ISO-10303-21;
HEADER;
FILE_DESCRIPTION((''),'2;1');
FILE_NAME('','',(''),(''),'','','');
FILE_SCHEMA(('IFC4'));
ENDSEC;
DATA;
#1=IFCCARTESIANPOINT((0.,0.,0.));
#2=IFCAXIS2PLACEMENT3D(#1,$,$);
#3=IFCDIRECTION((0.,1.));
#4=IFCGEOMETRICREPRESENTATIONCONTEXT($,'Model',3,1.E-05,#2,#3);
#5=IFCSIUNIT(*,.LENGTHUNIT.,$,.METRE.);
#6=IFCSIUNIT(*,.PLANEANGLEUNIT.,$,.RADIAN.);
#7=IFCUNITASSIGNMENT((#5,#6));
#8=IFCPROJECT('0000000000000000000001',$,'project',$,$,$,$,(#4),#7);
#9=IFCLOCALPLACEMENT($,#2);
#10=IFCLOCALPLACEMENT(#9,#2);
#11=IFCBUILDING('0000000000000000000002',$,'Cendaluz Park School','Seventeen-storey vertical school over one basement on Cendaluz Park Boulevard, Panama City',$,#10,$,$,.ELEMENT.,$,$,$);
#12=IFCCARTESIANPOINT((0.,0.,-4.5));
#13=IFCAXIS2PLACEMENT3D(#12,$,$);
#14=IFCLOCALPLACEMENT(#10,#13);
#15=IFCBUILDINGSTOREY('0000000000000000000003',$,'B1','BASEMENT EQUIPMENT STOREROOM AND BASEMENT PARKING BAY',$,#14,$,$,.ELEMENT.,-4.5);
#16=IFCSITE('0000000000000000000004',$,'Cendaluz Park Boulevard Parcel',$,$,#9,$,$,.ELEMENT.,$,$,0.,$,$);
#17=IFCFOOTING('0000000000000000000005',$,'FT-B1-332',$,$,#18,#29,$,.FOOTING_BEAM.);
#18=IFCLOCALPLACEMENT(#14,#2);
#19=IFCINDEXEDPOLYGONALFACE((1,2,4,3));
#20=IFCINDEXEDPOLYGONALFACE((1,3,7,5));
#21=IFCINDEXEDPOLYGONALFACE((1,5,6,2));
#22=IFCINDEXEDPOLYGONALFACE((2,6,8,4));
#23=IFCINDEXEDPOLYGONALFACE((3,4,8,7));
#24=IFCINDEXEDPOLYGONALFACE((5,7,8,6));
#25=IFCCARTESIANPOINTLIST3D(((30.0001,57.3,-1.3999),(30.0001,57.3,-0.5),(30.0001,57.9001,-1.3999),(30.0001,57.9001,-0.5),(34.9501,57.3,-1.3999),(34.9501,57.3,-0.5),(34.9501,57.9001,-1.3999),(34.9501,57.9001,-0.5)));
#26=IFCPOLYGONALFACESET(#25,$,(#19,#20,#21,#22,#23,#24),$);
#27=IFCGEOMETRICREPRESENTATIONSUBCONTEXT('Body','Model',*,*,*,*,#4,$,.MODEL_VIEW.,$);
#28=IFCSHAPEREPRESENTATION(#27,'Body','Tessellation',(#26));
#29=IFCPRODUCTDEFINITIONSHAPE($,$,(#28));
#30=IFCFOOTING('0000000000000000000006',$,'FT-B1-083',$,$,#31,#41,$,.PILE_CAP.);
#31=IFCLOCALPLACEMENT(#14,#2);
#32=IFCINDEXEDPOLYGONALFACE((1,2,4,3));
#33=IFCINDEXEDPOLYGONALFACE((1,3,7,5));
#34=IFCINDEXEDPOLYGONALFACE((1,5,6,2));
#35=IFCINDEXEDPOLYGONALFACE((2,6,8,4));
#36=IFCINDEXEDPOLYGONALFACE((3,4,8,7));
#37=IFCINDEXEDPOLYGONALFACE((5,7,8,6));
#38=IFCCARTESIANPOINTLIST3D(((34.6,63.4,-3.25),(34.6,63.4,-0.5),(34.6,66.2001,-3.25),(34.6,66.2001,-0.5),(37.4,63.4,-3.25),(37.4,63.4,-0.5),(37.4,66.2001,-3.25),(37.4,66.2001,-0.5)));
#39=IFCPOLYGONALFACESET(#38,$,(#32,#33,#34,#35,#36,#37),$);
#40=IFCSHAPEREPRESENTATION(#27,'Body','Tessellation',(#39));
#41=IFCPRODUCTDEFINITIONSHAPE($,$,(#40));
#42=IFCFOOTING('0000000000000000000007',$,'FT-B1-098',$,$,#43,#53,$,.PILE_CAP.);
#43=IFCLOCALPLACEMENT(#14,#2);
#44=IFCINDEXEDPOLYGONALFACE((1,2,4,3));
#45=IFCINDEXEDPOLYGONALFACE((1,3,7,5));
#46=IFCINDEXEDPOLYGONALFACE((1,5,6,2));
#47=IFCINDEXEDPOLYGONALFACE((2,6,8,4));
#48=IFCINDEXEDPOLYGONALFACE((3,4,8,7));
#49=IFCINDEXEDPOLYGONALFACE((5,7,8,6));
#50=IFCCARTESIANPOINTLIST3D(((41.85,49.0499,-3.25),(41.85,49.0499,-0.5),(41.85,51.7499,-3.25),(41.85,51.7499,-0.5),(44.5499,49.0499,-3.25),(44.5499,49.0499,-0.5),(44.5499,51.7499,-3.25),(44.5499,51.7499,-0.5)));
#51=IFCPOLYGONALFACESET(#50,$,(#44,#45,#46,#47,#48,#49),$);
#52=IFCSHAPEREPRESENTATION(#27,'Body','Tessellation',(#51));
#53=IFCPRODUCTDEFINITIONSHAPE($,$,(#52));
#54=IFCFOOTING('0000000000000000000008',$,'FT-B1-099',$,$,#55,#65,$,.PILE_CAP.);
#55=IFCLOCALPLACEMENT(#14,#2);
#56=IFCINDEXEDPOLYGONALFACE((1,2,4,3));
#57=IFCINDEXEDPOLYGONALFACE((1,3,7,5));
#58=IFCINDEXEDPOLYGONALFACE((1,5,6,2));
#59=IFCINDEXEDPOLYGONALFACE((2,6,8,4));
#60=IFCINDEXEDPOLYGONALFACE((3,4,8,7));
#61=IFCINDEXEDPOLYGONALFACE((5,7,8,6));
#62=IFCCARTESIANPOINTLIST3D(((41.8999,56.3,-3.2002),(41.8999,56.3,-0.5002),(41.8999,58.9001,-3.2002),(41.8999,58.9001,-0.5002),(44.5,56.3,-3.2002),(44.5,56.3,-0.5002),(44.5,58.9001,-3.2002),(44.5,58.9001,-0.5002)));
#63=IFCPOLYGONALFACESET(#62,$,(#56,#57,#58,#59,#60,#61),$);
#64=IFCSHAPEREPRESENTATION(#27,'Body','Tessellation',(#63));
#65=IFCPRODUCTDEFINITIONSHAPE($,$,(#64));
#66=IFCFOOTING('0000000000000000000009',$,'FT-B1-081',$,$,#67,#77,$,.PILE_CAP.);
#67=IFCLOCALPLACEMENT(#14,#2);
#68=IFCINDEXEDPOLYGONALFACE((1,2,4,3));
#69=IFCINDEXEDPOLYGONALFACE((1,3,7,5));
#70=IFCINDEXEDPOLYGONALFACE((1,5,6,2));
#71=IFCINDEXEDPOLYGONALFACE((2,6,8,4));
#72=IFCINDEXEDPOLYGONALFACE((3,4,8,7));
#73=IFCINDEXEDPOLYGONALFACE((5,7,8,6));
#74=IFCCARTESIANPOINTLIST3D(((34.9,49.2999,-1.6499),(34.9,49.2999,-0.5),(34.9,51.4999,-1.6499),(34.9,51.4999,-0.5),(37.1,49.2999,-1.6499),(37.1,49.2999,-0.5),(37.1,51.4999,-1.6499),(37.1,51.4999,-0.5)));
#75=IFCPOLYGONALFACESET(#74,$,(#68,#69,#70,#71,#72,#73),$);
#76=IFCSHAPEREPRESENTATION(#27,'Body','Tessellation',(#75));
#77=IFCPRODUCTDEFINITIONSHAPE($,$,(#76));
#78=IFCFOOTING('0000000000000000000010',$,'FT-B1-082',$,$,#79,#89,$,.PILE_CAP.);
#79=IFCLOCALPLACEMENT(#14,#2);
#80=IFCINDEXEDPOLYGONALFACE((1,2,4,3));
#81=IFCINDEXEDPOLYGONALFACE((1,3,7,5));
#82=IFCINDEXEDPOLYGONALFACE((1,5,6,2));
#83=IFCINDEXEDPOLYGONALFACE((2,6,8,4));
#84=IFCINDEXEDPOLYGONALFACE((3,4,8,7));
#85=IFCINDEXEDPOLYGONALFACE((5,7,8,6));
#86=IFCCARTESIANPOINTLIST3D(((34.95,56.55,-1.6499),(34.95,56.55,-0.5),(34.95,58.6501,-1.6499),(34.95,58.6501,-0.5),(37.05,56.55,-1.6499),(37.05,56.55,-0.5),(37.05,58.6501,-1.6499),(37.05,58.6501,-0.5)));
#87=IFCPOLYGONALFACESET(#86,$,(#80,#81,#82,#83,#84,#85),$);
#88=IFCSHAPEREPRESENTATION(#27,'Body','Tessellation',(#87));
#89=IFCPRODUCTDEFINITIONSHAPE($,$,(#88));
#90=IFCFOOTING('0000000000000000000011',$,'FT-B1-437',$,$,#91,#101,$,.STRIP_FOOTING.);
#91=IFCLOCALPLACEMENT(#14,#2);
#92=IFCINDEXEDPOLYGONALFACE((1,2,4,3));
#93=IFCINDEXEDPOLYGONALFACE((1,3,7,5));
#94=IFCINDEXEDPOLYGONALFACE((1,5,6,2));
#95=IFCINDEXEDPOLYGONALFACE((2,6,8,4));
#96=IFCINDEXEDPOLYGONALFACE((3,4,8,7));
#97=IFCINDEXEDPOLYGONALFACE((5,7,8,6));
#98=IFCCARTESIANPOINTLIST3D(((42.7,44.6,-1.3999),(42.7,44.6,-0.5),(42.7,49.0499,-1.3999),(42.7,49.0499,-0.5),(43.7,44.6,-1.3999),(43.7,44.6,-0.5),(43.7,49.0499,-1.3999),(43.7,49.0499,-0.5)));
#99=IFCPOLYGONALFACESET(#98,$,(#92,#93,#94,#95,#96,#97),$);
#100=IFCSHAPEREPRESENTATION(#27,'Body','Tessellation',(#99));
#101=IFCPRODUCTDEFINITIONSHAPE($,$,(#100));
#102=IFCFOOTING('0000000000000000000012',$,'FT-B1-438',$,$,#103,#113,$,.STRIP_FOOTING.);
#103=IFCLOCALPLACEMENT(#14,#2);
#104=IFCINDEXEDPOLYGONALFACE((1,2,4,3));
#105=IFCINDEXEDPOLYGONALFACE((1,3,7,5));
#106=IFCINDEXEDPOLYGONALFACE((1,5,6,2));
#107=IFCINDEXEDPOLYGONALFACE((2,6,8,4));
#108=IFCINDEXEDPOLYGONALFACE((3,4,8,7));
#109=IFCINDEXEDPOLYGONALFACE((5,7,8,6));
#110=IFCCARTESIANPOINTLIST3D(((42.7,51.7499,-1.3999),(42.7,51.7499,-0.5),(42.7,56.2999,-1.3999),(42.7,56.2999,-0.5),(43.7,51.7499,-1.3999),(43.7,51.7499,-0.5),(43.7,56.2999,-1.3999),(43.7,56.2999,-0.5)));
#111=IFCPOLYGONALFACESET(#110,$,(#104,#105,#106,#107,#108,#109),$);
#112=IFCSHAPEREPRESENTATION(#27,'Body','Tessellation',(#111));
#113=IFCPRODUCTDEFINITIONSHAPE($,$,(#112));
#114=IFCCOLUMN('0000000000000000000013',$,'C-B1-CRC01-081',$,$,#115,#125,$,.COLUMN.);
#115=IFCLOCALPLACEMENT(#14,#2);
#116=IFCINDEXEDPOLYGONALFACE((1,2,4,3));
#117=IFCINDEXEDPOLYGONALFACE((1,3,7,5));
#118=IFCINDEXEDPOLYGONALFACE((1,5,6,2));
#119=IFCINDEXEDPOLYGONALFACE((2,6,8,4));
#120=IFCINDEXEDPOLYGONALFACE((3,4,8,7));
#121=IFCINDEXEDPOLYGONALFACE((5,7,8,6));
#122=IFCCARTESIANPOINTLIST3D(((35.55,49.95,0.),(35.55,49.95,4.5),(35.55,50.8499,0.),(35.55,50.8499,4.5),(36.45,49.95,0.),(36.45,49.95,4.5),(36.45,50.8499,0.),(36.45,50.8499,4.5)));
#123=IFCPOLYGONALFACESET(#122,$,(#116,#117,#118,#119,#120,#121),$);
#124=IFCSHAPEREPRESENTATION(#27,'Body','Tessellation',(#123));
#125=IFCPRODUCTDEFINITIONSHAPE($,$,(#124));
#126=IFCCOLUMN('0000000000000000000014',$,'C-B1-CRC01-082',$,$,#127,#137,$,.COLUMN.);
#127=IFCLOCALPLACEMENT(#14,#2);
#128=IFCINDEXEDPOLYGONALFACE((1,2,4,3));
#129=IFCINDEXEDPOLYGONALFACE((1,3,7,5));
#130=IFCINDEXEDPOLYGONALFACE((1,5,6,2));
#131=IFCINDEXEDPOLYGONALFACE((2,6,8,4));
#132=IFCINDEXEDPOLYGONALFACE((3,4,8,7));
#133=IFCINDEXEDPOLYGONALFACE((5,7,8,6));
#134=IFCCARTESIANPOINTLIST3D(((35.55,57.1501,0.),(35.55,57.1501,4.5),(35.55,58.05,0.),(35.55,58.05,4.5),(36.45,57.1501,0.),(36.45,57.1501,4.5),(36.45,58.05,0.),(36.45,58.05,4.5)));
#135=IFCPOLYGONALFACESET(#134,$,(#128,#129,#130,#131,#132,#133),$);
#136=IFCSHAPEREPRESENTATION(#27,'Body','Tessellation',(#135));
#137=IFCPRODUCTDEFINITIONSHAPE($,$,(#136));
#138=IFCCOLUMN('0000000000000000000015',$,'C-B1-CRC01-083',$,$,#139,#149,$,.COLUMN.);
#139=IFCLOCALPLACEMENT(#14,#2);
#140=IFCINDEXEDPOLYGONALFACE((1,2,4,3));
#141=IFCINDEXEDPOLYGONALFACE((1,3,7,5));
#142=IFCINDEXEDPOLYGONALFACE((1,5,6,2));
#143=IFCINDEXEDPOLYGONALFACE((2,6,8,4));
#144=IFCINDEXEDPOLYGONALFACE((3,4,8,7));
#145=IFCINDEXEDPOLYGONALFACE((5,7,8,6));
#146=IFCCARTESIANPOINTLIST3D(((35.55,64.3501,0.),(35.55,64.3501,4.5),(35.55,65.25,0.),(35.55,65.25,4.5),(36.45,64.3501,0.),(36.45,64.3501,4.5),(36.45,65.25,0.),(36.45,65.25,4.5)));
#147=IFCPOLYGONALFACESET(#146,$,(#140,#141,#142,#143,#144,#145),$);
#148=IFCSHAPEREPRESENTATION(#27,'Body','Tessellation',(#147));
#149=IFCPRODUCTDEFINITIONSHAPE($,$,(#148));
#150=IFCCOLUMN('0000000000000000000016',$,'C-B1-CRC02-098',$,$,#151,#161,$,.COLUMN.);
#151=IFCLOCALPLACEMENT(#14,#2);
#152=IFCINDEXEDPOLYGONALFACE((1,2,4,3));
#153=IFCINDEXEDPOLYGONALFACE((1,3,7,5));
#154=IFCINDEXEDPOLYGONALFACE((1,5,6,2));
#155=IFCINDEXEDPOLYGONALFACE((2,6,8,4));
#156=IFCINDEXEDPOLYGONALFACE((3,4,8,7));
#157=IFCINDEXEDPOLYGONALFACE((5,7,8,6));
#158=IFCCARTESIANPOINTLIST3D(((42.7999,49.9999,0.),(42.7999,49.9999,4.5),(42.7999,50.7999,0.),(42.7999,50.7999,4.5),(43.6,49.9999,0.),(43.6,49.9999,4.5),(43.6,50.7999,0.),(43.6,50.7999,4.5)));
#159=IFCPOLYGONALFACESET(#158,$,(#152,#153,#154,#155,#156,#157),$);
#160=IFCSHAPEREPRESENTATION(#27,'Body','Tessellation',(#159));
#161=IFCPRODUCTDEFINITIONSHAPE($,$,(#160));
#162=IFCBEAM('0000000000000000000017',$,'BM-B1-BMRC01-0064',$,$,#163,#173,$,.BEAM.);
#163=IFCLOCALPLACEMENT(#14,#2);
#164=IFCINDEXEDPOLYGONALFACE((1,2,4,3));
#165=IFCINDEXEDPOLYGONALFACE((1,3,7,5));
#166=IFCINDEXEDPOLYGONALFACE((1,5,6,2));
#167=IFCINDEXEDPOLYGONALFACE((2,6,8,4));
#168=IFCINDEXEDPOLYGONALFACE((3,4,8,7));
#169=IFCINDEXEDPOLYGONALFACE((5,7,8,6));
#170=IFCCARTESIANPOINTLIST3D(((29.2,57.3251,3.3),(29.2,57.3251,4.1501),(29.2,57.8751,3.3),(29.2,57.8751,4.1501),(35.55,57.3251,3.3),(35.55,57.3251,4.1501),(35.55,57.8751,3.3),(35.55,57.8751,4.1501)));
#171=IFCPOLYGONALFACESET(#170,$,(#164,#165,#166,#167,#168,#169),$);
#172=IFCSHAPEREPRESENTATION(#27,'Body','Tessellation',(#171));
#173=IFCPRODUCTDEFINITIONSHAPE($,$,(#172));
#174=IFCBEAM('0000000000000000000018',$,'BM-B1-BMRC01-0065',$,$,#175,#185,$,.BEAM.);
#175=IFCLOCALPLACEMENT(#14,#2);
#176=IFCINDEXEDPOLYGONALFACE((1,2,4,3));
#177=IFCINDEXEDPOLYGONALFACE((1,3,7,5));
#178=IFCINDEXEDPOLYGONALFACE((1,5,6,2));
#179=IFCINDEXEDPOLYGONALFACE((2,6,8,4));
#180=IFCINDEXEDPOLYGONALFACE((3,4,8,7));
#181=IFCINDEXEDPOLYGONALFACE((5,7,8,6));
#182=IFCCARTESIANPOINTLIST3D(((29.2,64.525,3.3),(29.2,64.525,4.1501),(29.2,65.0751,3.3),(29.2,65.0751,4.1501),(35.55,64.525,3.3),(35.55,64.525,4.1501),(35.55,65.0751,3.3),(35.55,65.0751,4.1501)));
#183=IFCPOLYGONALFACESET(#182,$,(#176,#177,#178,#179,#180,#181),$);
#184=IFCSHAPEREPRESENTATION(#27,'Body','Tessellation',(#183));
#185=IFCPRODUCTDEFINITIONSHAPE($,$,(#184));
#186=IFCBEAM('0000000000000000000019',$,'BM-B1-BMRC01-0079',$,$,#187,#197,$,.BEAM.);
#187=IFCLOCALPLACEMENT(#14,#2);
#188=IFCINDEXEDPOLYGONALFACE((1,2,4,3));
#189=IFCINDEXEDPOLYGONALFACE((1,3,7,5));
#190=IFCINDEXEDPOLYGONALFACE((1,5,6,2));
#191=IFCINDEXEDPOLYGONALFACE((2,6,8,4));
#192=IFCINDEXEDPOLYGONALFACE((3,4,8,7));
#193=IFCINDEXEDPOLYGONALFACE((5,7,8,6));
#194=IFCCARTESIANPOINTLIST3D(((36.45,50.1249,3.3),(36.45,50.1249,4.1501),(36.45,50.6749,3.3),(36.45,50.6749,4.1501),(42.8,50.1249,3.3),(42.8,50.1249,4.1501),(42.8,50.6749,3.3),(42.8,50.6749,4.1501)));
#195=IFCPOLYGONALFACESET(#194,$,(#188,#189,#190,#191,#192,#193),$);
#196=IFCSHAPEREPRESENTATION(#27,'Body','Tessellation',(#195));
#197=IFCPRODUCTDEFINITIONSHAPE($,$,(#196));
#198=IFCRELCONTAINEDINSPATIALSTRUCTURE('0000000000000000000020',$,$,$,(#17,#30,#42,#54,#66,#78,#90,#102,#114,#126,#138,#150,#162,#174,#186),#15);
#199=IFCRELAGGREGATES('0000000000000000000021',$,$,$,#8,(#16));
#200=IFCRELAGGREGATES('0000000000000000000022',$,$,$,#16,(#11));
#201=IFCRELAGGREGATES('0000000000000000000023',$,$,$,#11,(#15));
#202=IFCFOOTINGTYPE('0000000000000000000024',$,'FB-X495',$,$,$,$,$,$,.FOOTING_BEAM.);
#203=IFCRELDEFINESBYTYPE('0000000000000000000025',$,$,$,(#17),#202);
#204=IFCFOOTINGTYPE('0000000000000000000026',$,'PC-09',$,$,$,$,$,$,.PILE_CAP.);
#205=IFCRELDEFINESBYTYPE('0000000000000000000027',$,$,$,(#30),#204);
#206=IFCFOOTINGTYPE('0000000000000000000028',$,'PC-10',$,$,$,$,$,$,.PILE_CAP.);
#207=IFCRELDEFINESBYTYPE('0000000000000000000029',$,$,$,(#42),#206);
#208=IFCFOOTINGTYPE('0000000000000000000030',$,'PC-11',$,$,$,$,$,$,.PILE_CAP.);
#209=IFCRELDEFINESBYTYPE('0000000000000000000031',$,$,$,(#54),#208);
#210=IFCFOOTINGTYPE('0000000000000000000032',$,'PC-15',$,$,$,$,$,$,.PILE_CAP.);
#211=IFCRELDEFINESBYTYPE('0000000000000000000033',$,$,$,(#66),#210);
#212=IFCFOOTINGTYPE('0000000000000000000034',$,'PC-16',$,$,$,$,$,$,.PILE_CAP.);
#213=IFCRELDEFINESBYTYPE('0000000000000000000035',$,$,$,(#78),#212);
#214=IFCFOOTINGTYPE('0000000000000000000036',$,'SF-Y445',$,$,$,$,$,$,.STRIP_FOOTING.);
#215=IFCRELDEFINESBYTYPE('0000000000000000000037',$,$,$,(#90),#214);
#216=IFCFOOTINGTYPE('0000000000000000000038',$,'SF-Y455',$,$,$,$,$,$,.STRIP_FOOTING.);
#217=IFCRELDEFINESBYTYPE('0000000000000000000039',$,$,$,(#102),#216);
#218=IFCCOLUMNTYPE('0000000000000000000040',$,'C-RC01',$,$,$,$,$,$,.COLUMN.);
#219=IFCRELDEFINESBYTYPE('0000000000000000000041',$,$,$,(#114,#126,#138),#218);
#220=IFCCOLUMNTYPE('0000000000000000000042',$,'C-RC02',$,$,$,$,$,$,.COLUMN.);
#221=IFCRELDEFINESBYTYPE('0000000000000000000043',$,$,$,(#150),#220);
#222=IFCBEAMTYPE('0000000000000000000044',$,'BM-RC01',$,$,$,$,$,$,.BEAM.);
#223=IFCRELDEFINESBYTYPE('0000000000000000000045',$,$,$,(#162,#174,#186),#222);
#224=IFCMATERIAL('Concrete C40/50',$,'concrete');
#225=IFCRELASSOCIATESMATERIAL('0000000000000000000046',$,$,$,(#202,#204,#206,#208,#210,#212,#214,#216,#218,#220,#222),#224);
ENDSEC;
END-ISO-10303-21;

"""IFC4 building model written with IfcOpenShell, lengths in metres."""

from ifc_helpers import new_model, si_unit, direction, frame, origin, origin_2d, place, context, subcontext, project, spatial, rectangle, extrude, material, material_profile, profile_set, type_object, element, save


model = new_model("IFC4")

# Units and contexts
model_context = context("Model", 3, precision=1e-05, world=origin(), true_north=direction((0.0, 1.0)))
body_context = subcontext(model_context, "Body", "Model", "MODEL_VIEW")
ifc_project = project(units=[si_unit("LENGTHUNIT", "METRE"), si_unit("PLANEANGLEUNIT", "RADIAN")], contexts=[model_context])

# Site, building, storey
site_placement = place(None, origin())
site = spatial("IfcSite", under=ifc_project, at=site_placement, Name="Cendaluz Park Boulevard Parcel", CompositionType="ELEMENT", RefElevation=0.0)
building_placement = place(site_placement, origin())
building = spatial("IfcBuilding", under=site, at=building_placement, Name="Cendaluz Park School", Description="Seventeen-storey vertical school over one basement on Cendaluz Park Boulevard, Panama City", CompositionType="ELEMENT")
storey_placement = place(building_placement, frame((0.0, 0.0, -4.5)))
storey = spatial("IfcBuildingStorey", under=building, at=storey_placement, Name="B1", Description="BASEMENT EQUIPMENT STOREROOM AND BASEMENT PARKING BAY", CompositionType="ELEMENT", Elevation=-4.5)

# Shared definitions
ifc_material_1 = material(Name="Concrete C40/50", Category="concrete")

# Footings
footing_type_1 = type_object("IfcFootingType", Name="FB-X495", PredefinedType="FOOTING_BEAM", material=ifc_material_1)
footing_1_placement = place(storey_placement, frame((32.4751, 57.6001, -1.3999), z_axis=(0.0, 0.0, 1.0), x_axis=(1.0, 0.0, 0.0)))
element("IfcFooting", 1, at=footing_1_placement, inside=storey, type_object=footing_type_1, Name="FT-B1-332", PredefinedType="FOOTING_BEAM", context=body_context, shape_type="SweptSolid", body=[
    extrude(rectangle(XDim=4.95, YDim=0.6001, at=origin_2d()), origin(), (0.0, 0.0, 1.0), 0.8999),
])
footing_type_2 = type_object("IfcFootingType", Name="PC-09", PredefinedType="PILE_CAP", material=ifc_material_1)
footing_2_placement = place(storey_placement, frame((36.0, 64.8, -3.25), z_axis=(0.0, 0.0, 1.0), x_axis=(1.0, 0.0, 0.0)))
element("IfcFooting", 2, at=footing_2_placement, inside=storey, type_object=footing_type_2, Name="FT-B1-083", PredefinedType="PILE_CAP", context=body_context, shape_type="SweptSolid", body=[
    extrude(rectangle(XDim=2.8, YDim=2.8, at=origin_2d()), origin(), (0.0, 0.0, 1.0), 2.75),
])
footing_type_3 = type_object("IfcFootingType", Name="PC-10", PredefinedType="PILE_CAP", material=ifc_material_1)
footing_3_placement = place(storey_placement, frame((43.2, 50.3999, -3.25), z_axis=(0.0, 0.0, 1.0), x_axis=(1.0, 0.0, 0.0)))
element("IfcFooting", 3, at=footing_3_placement, inside=storey, type_object=footing_type_3, Name="FT-B1-098", PredefinedType="PILE_CAP", context=body_context, shape_type="SweptSolid", body=[
    extrude(rectangle(XDim=2.7, YDim=2.7, at=origin_2d()), origin(), (0.0, 0.0, 1.0), 2.75),
])
footing_type_4 = type_object("IfcFootingType", Name="PC-11", PredefinedType="PILE_CAP", material=ifc_material_1)
footing_4_placement = place(storey_placement, frame((43.2, 57.6001, -3.2002), z_axis=(0.0, 0.0, 1.0), x_axis=(1.0, 0.0, 0.0)))
element("IfcFooting", 4, at=footing_4_placement, inside=storey, type_object=footing_type_4, Name="FT-B1-099", PredefinedType="PILE_CAP", context=body_context, shape_type="SweptSolid", body=[
    extrude(rectangle(XDim=2.6001, YDim=2.6001, at=origin_2d()), origin(), (0.0, 0.0, 1.0), 2.7),
])
footing_type_5 = type_object("IfcFootingType", Name="PC-15", PredefinedType="PILE_CAP", material=ifc_material_1)
footing_5_placement = place(storey_placement, frame((36.0, 50.3999, -1.6499), z_axis=(0.0, 0.0, 1.0), x_axis=(1.0, 0.0, 0.0)))
element("IfcFooting", 5, at=footing_5_placement, inside=storey, type_object=footing_type_5, Name="FT-B1-081", PredefinedType="PILE_CAP", context=body_context, shape_type="SweptSolid", body=[
    extrude(rectangle(XDim=2.2, YDim=2.2, at=origin_2d()), origin(), (0.0, 0.0, 1.0), 1.1499),
])
footing_type_6 = type_object("IfcFootingType", Name="PC-16", PredefinedType="PILE_CAP", material=ifc_material_1)
footing_6_placement = place(storey_placement, frame((36.0, 57.6001, -1.6499), z_axis=(0.0, 0.0, 1.0), x_axis=(1.0, 0.0, 0.0)))
element("IfcFooting", 6, at=footing_6_placement, inside=storey, type_object=footing_type_6, Name="FT-B1-082", PredefinedType="PILE_CAP", context=body_context, shape_type="SweptSolid", body=[
    extrude(rectangle(XDim=2.1001, YDim=2.1001, at=origin_2d()), origin(), (0.0, 0.0, 1.0), 1.1499),
])
footing_type_7 = type_object("IfcFootingType", Name="SF-Y445", PredefinedType="STRIP_FOOTING", material=ifc_material_1)
footing_7_placement = place(storey_placement, frame((43.2, 46.825, -1.3999), z_axis=(0.0, 0.0, 1.0), x_axis=(1.0, 0.0, 0.0)))
element("IfcFooting", 7, at=footing_7_placement, inside=storey, type_object=footing_type_7, Name="FT-B1-437", PredefinedType="STRIP_FOOTING", context=body_context, shape_type="SweptSolid", body=[
    extrude(rectangle(XDim=1.0, YDim=4.45, at=origin_2d()), origin(), (0.0, 0.0, 1.0), 0.8999),
])
footing_type_8 = type_object("IfcFootingType", Name="SF-Y455", PredefinedType="STRIP_FOOTING", material=ifc_material_1)
footing_8_placement = place(storey_placement, frame((43.2, 54.0249, -1.3999), z_axis=(0.0, 0.0, 1.0), x_axis=(1.0, 0.0, 0.0)))
element("IfcFooting", 8, at=footing_8_placement, inside=storey, type_object=footing_type_8, Name="FT-B1-438", PredefinedType="STRIP_FOOTING", context=body_context, shape_type="SweptSolid", body=[
    extrude(rectangle(XDim=1.0, YDim=4.55, at=origin_2d()), origin(), (0.0, 0.0, 1.0), 0.8999),
])

# Columns
ifc_material_profile_1 = material_profile(ifc_material_1, rectangle(XDim=0.8999, YDim=0.8999, at=origin_2d()), Name="RC 900x900", Category="concrete")
ifc_profile_set_1 = profile_set([ifc_material_profile_1], Name="Concrete C40/50")
column_type_1 = type_object("IfcColumnType", Name="C-RC01", PredefinedType="COLUMN", material=ifc_profile_set_1)
for number, where, z_axis, x_axis, name in (
    (9, (36.0, 50.3999, 0.0), (0.0, 0.0, 1.0), (1.0, 0.0, 0.0), "C-B1-CRC01-081"),
    (10, (36.0, 57.6001, 0.0), (0.0, 0.0, 1.0), (1.0, 0.0, 0.0), "C-B1-CRC01-082"),
    (11, (36.0, 64.8, 0.0), (0.0, 0.0, 1.0), (1.0, 0.0, 0.0), "C-B1-CRC01-083"),
):
    element("IfcColumn", number, at=place(storey_placement, frame(where, z_axis=z_axis, x_axis=x_axis)), inside=storey, type_object=column_type_1, Name=name, PredefinedType="COLUMN", context=body_context, shape_type="SweptSolid", body=[
        extrude(rectangle(XDim=0.8999, YDim=0.8999, at=origin_2d()), origin(), (0.0, 0.0, 1.0), 4.5),
    ])
ifc_material_profile_2 = material_profile(ifc_material_1, rectangle(XDim=0.8, YDim=0.8, at=origin_2d()), Name="RC 800x800", Category="concrete")
ifc_profile_set_2 = profile_set([ifc_material_profile_2], Name="Concrete C40/50")
column_type_2 = type_object("IfcColumnType", Name="C-RC02", PredefinedType="COLUMN", material=ifc_profile_set_2)
column_placement = place(storey_placement, frame((43.2, 50.3999, 0.0), z_axis=(0.0, 0.0, 1.0), x_axis=(1.0, 0.0, 0.0)))
element("IfcColumn", 12, at=column_placement, inside=storey, type_object=column_type_2, Name="C-B1-CRC02-098", PredefinedType="COLUMN", context=body_context, shape_type="SweptSolid", body=[
    extrude(rectangle(XDim=0.8, YDim=0.8, at=origin_2d()), origin(), (0.0, 0.0, 1.0), 4.5),
])

# Beams
ifc_material_profile_3 = material_profile(ifc_material_1, rectangle(XDim=0.55, YDim=0.8501, at=origin_2d()), Name="RC 550x850", Category="concrete")
ifc_profile_set_3 = profile_set([ifc_material_profile_3], Name="Concrete C40/50")
beam_type_1 = type_object("IfcBeamType", Name="BM-RC01", PredefinedType="BEAM", material=ifc_profile_set_3)
for number, where, z_axis, x_axis, name in (
    (13, (29.2, 57.6001, 3.7251), (1.0, 0.0, 0.0), (0.0, 1.0, 0.0), "BM-B1-BMRC01-0064"),
    (14, (29.2, 64.8, 3.7251), (1.0, 0.0, 0.0), (0.0, 1.0, 0.0), "BM-B1-BMRC01-0065"),
    (15, (36.45, 50.3999, 3.7251), (1.0, 0.0, 0.0), (0.0, 1.0, 0.0), "BM-B1-BMRC01-0079"),
):
    element("IfcBeam", number, at=place(storey_placement, frame(where, z_axis=z_axis, x_axis=x_axis)), inside=storey, type_object=beam_type_1, Name=name, PredefinedType="BEAM", context=body_context, shape_type="SweptSolid", body=[
        extrude(rectangle(XDim=0.55, YDim=0.8501, at=origin_2d()), origin(), (0.0, 0.0, 1.0), 6.3501),
    ])

save(model, "model.ifc")
